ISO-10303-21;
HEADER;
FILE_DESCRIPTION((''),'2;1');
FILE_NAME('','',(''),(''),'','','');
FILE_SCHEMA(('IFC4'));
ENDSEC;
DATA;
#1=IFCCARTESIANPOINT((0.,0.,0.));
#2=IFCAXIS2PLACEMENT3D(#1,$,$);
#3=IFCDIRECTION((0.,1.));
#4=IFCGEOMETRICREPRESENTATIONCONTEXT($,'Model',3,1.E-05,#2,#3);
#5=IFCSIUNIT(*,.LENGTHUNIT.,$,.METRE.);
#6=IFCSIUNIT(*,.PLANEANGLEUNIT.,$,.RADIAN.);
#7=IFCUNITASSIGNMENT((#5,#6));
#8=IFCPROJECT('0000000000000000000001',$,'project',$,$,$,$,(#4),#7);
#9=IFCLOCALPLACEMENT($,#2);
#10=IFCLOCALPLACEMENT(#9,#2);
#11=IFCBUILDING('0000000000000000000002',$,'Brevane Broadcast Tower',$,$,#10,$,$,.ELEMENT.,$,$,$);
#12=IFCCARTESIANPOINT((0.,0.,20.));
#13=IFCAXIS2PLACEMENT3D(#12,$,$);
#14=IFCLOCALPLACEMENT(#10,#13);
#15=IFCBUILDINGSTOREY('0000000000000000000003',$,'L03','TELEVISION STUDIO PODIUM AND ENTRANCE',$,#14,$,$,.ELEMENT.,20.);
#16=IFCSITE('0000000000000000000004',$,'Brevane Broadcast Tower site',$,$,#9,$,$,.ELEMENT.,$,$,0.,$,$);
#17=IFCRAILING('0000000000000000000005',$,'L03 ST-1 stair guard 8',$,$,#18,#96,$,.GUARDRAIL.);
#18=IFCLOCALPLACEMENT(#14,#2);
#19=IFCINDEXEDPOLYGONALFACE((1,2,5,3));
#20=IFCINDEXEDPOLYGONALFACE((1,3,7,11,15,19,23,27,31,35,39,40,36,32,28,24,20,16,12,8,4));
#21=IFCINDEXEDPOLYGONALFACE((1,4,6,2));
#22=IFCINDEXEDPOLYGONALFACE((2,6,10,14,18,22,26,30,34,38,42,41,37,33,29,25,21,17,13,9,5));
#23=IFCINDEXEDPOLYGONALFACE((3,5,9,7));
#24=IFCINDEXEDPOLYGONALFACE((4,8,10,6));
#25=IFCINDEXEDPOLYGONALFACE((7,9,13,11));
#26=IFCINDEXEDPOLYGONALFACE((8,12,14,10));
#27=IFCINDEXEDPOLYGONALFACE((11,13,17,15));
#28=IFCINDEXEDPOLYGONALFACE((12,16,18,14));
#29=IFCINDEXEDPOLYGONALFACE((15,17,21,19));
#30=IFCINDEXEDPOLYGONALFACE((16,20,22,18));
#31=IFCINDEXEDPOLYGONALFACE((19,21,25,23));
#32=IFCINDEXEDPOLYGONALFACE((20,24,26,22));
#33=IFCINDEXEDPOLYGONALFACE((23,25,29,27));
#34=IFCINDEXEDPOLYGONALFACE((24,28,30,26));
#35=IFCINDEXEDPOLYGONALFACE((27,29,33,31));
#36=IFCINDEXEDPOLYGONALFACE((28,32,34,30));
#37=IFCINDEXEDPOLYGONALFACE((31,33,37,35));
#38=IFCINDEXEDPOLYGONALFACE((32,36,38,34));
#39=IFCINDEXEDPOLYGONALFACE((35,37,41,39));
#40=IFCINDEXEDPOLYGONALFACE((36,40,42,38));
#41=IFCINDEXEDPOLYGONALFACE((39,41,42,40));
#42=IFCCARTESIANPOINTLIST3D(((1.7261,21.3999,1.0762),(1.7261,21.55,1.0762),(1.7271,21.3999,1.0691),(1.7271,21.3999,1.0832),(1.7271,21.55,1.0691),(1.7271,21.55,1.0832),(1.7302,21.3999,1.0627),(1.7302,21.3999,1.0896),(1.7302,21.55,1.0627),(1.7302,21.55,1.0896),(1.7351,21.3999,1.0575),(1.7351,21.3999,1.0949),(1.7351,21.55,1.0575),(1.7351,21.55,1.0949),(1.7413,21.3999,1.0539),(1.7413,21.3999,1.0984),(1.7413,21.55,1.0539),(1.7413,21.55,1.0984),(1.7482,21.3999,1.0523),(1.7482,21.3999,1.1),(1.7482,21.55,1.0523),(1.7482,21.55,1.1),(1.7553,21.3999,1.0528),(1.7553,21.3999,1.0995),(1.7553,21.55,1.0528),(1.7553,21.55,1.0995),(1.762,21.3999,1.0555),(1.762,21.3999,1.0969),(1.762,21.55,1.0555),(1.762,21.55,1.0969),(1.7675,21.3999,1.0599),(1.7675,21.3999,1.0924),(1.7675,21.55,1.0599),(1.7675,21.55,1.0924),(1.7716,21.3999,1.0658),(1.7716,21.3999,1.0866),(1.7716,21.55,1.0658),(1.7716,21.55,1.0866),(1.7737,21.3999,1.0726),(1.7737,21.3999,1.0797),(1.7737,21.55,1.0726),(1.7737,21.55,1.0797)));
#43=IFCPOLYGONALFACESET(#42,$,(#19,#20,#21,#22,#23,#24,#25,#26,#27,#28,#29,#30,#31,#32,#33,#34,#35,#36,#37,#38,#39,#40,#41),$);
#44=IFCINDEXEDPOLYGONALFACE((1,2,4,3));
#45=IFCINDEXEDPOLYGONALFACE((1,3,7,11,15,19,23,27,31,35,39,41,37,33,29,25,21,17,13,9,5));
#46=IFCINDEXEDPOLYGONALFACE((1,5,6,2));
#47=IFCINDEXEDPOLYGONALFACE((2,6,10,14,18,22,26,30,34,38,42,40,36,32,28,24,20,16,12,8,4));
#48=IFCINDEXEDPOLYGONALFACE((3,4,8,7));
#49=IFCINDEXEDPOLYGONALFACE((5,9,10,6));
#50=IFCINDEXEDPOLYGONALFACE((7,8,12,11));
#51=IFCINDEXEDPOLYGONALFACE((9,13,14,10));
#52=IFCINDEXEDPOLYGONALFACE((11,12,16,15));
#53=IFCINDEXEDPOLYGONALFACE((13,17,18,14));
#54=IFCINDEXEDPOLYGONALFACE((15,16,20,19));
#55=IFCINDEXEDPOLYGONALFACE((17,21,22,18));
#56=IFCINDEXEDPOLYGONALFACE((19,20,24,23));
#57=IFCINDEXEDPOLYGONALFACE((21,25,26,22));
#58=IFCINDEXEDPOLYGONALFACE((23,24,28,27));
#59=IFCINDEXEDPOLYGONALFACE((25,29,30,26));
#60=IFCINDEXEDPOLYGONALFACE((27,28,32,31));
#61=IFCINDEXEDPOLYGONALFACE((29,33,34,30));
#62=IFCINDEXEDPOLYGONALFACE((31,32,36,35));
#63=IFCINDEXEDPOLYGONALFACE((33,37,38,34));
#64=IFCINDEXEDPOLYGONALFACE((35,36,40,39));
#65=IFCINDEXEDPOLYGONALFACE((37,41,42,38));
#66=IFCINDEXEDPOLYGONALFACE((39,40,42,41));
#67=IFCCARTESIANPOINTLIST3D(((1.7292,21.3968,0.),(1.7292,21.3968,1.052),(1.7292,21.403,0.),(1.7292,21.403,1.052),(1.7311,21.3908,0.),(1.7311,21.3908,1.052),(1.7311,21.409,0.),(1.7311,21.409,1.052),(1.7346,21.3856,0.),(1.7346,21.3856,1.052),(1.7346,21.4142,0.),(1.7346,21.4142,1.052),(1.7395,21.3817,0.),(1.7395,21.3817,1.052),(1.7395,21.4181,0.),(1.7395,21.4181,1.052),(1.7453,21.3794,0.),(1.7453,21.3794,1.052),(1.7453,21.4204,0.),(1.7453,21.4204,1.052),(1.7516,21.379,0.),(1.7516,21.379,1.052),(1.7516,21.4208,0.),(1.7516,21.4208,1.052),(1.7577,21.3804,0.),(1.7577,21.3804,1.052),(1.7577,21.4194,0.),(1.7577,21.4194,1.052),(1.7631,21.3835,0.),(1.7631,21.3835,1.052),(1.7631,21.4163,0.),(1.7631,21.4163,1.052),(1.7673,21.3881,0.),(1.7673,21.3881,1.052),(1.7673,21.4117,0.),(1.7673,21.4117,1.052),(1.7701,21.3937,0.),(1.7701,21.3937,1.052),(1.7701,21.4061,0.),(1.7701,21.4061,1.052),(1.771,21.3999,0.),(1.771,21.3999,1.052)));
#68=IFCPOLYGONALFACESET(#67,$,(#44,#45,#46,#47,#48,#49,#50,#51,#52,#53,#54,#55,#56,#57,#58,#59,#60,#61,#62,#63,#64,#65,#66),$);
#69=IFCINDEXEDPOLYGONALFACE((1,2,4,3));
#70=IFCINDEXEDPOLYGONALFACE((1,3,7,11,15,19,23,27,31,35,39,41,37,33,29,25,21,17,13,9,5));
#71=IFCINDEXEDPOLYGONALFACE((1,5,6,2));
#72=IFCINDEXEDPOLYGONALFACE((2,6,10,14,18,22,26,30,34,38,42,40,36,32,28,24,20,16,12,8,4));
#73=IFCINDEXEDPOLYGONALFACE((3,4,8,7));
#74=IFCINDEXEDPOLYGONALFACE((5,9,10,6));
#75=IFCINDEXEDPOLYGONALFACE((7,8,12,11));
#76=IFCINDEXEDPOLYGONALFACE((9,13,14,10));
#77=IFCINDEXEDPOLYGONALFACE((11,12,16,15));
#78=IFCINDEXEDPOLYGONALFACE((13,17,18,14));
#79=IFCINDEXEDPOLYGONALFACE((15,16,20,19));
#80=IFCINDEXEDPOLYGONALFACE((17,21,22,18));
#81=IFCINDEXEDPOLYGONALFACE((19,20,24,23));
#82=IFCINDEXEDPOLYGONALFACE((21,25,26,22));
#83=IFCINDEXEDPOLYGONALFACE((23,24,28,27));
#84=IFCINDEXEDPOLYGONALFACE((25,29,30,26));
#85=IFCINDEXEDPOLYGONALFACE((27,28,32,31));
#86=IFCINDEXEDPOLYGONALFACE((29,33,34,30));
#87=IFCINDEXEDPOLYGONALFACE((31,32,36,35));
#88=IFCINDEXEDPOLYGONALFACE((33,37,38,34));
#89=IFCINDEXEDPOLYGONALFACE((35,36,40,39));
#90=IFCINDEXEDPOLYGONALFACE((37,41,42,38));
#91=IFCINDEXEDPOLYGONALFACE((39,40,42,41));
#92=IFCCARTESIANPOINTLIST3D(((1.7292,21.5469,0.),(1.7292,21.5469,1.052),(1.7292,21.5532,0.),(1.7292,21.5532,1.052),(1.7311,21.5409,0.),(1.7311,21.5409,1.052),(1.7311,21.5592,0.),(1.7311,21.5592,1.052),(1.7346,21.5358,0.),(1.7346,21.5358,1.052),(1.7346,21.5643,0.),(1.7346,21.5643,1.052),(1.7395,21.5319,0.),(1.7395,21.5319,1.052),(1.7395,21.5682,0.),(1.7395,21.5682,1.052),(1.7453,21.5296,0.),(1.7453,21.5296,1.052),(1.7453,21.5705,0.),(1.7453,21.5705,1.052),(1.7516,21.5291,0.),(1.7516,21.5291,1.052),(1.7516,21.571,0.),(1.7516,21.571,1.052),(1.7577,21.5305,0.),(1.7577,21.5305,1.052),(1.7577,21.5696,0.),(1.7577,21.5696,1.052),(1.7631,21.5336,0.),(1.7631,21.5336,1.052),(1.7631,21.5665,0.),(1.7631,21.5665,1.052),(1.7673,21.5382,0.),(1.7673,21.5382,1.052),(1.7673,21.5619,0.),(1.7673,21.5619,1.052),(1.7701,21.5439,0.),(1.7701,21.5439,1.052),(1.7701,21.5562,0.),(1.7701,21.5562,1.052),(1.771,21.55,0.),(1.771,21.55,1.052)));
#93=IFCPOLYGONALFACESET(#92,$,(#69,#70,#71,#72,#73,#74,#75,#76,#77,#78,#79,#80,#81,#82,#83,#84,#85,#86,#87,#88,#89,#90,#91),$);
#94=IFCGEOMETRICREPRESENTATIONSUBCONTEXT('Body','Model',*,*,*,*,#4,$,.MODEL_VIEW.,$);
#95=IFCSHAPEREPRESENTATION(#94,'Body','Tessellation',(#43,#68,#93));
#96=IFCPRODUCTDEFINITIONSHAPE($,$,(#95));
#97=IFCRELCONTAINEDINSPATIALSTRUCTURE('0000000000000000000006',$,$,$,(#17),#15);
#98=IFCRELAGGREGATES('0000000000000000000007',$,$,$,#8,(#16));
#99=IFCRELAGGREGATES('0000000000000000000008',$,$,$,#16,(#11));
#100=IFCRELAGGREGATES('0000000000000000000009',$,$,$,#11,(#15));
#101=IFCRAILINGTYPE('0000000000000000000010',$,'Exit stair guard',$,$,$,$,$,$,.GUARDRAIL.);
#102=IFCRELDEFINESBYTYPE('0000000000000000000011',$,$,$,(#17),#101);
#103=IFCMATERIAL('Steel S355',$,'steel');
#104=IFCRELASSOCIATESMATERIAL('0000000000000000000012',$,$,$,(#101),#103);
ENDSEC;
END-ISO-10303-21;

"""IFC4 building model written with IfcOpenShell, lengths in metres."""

from ifc_helpers import new_model, si_unit, direction, frame, origin, origin_2d, place, context, subcontext, project, spatial, circle, extrude, material, type_object, element, save


model = new_model("IFC4")

# Units and contexts
model_context = context("Model", 3, precision=1e-05, world=origin(), true_north=direction((0.0, 1.0)))
body_context = subcontext(model_context, "Body", "Model", "MODEL_VIEW")
ifc_project = project(units=[si_unit("LENGTHUNIT", "METRE"), si_unit("PLANEANGLEUNIT", "RADIAN")], contexts=[model_context])

# Site, building, storey
site_placement = place(None, origin())
site = spatial("IfcSite", under=ifc_project, at=site_placement, Name="Brevane Broadcast Tower site", CompositionType="ELEMENT", RefElevation=0.0)
building_placement = place(site_placement, origin())
building = spatial("IfcBuilding", under=site, at=building_placement, Name="Brevane Broadcast Tower", CompositionType="ELEMENT")
storey_placement = place(building_placement, frame((0.0, 0.0, 20.0)))
storey = spatial("IfcBuildingStorey", under=building, at=storey_placement, Name="L03", Description="TELEVISION STUDIO PODIUM AND ENTRANCE", CompositionType="ELEMENT", Elevation=20.0)

# Railing
ifc_material_1 = material(Name="Steel S355", Category="steel")
railing_type_1 = type_object("IfcRailingType", Name="Exit stair guard", PredefinedType="GUARDRAIL", material=ifc_material_1)
railing_1_placement = place(storey_placement, frame((1.75, 21.3999, 0.0)))
element("IfcRailing", 1, at=railing_1_placement, inside=storey, type_object=railing_type_1, Name="L03 ST-1 stair guard 8", PredefinedType="GUARDRAIL", context=body_context, shape_type="SweptSolid", body=[
    extrude(circle(Radius=0.0239, at=origin_2d()), frame((0.0, 0.0, 1.0762), z_axis=(0.0, 1.0, 0.0), x_axis=(-1.0, 0.0, 0.0)), (0.0, 0.0, 1.0), 0.1501),
    extrude(circle(Radius=0.021, at=origin_2d()), origin(), (0.0, 0.0, 1.0), 1.052),
    extrude(circle(Radius=0.021, at=origin_2d()), frame((0.0, 0.1501, 0.0)), (0.0, 0.0, 1.0), 1.052),
])

save(model, "model.ifc")
